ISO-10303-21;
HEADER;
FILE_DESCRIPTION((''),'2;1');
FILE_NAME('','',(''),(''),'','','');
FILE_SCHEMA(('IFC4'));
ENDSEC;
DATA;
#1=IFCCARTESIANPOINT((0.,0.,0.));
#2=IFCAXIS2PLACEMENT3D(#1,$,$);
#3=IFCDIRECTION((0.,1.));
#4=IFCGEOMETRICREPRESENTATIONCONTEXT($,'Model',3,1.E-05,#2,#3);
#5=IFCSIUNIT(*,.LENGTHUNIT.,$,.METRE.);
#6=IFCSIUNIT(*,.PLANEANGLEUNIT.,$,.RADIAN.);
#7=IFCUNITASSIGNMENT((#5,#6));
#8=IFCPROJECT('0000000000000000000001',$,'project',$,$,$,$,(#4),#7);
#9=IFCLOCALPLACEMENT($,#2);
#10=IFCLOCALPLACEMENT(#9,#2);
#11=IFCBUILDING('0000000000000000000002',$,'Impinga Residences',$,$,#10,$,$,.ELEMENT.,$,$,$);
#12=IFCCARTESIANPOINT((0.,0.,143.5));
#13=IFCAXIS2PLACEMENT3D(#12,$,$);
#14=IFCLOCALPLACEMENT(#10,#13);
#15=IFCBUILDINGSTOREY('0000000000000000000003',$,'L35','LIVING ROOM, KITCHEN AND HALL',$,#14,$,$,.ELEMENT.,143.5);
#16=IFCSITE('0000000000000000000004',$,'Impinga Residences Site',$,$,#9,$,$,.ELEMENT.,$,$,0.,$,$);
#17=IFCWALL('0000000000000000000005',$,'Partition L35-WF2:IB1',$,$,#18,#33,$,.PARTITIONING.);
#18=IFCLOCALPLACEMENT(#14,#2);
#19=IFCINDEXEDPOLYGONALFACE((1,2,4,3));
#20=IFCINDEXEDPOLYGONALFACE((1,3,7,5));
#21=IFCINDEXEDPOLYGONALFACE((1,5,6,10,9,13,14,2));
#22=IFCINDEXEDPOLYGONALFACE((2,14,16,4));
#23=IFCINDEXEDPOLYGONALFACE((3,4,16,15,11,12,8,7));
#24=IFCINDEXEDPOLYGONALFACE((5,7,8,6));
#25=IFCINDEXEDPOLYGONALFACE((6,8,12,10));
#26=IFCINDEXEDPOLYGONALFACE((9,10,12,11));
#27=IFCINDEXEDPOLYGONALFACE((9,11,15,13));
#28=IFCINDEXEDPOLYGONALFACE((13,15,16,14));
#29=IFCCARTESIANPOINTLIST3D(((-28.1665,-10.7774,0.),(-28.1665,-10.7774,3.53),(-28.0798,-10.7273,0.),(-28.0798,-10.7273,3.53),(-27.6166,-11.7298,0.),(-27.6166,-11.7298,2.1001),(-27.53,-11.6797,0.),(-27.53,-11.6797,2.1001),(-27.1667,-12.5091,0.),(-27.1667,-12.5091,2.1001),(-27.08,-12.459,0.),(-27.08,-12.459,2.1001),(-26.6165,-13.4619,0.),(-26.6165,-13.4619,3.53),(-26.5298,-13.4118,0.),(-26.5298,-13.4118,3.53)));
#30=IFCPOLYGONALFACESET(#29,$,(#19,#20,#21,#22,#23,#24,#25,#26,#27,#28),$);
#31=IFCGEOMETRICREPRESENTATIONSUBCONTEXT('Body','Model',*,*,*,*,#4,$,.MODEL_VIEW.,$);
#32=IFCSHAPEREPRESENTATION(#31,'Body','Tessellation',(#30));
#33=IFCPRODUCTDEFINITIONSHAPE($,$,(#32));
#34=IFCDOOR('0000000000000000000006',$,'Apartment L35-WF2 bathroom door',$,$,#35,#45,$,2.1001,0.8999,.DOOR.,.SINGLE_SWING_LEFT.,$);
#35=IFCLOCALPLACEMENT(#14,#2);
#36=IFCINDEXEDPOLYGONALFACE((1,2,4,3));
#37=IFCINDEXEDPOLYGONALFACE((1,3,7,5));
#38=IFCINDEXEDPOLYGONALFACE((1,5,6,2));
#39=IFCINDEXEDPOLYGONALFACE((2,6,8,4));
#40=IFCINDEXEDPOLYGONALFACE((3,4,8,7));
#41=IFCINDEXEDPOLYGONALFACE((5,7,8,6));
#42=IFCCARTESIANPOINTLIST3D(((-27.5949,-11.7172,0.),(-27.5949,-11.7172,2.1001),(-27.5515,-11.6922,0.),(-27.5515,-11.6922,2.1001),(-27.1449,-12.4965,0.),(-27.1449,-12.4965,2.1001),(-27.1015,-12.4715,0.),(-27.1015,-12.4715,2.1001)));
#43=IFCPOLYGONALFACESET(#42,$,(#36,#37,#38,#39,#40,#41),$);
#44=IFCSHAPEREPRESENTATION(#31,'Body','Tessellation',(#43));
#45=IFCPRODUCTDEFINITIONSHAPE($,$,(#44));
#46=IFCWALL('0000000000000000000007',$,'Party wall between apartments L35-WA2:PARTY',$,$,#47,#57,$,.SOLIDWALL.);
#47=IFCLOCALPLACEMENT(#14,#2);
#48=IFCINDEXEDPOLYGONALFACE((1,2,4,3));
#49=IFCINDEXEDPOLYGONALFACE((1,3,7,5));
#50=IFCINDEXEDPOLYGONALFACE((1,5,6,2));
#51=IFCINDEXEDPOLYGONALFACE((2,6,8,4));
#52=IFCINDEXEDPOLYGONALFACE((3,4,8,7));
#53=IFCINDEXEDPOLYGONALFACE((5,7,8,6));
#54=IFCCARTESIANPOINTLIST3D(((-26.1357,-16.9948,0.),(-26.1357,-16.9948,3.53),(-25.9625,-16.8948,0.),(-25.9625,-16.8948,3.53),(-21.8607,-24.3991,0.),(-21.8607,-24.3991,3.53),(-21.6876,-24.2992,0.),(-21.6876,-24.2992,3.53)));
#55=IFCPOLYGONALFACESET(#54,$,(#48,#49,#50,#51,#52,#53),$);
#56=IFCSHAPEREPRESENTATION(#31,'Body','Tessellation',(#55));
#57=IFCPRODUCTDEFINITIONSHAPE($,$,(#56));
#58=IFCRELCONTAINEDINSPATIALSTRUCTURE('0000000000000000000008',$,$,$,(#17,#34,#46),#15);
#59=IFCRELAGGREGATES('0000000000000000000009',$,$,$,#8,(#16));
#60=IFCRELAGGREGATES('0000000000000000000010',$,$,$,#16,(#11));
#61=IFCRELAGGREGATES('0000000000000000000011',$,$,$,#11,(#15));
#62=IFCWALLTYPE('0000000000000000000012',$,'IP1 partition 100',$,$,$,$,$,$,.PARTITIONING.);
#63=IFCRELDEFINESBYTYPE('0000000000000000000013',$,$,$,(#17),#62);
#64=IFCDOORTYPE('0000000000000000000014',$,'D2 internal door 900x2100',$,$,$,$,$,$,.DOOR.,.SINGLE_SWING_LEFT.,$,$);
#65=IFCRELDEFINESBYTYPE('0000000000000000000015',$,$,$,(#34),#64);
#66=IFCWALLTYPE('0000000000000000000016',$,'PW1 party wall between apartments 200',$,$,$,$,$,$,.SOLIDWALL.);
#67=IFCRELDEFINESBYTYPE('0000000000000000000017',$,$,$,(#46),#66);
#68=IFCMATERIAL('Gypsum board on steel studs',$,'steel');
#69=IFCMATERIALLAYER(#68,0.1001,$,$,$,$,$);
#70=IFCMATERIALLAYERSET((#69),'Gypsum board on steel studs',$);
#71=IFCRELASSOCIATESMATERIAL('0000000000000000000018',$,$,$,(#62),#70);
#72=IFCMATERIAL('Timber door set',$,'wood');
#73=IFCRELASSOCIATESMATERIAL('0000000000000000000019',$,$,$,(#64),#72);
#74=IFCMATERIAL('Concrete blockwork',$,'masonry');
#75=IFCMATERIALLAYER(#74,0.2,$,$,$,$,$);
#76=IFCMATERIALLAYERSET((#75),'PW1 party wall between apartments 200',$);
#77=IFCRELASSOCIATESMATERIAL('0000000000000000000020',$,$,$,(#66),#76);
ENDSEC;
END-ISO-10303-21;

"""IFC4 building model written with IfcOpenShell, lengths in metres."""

from ifc_helpers import new_model, si_unit, direction, frame, frame_2d, origin, place, context, subcontext, project, spatial, rectangle, extrude, material, layer, layer_set, type_object, element, fill, save


model = new_model("IFC4")

# Units and contexts
model_context = context("Model", 3, precision=1e-05, world=origin(), true_north=direction((0.0, 1.0)))
body_context = subcontext(model_context, "Body", "Model", "MODEL_VIEW")
ifc_project = project(units=[si_unit("LENGTHUNIT", "METRE"), si_unit("PLANEANGLEUNIT", "RADIAN")], contexts=[model_context])

# Site, building, storey
site_placement = place(None, origin())
site = spatial("IfcSite", under=ifc_project, at=site_placement, Name="Impinga Residences Site", CompositionType="ELEMENT", RefElevation=0.0)
building_placement = place(site_placement, origin())
building = spatial("IfcBuilding", under=site, at=building_placement, Name="Impinga Residences", CompositionType="ELEMENT")
storey_placement = place(building_placement, frame((0.0, 0.0, 143.5)))
storey = spatial("IfcBuildingStorey", under=building, at=storey_placement, Name="L35", Description="LIVING ROOM, KITCHEN AND HALL", CompositionType="ELEMENT", Elevation=143.5)

# Shared definitions
ifc_material_1 = material(Name="Concrete blockwork", Category="masonry")
ifc_material_2 = material(Name="Timber door set", Category="wood")

# Shared definitions
ifc_material_3 = material(Name="Gypsum board on steel studs", Category="steel")
ifc_layer_1 = layer(ifc_material_3, 0.1001)
ifc_layer_set_1 = layer_set([ifc_layer_1], Name="Gypsum board on steel studs")
wall_type_1 = type_object("IfcWallType", Name="IP1 partition 100", PredefinedType="PARTITIONING", material=ifc_layer_set_1)

# Shared definitions
door_type_1 = type_object("IfcDoorType", Name="D2 internal door 900x2100", OperationType="SINGLE_SWING_LEFT", PredefinedType="DOOR", material=ifc_material_2)

# Wall, opening, door
wall_1_placement = place(storey_placement, frame((-26.5732, -13.4368, 0.0), z_axis=(0.0, 0.0, 1.0), x_axis=(-0.500027, 0.86601, 0.0)))
wall_1 = element("IfcWall", 1, at=wall_1_placement, inside=storey, type_object=wall_type_1, Name="Partition L35-WF2:IB1", PredefinedType="PARTITIONING", context=body_context, shape_type="SweptSolid", body=[
    extrude(rectangle(XDim=3.0999, YDim=0.1001, at=frame_2d((1.5498, 0.0))), origin(), (0.0, 0.0, 1.0), 3.53),
])
opening_1_placement = place(wall_1_placement, frame((1.1001, 0.0, 0.0)))
opening_1 = element("IfcOpeningElement", 2, at=opening_1_placement, cuts=wall_1, PredefinedType="OPENING", context=body_context, shape_type="SweptSolid", body=[
    extrude(rectangle(XDim=0.8999, YDim=2.1001, at=frame_2d((0.45, 1.05))), frame((0.0, 0.0601, 0.0), z_axis=(0.0, -1.0, 0.0), x_axis=(1.0, 0.0, 0.0)), (0.0, 0.0, 1.0), 0.1201),
])
door_1_placement = place(opening_1_placement, origin())
door_1 = element("IfcDoor", 3, at=door_1_placement, inside=storey, type_object=door_type_1, Name="Apartment L35-WF2 bathroom door", OperationType="SINGLE_SWING_LEFT", OverallHeight=2.1001, OverallWidth=0.8999, PredefinedType="DOOR", context=body_context, shape_type="SweptSolid", body=[
    extrude(rectangle(XDim=0.8999, YDim=2.1001, at=frame_2d((0.45, 1.05))), frame((0.0, 0.0249, 0.0), z_axis=(0.0, -1.0, 0.0), x_axis=(1.0, 0.0, 0.0)), (0.0, 0.0, 1.0), 0.05),
])
fill(opening_1, door_1)

# Wall
ifc_layer_2 = layer(ifc_material_1, 0.2)
ifc_layer_set_2 = layer_set([ifc_layer_2], Name="PW1 party wall between apartments 200")
wall_type_2 = type_object("IfcWallType", Name="PW1 party wall between apartments 200", PredefinedType="SOLIDWALL", material=ifc_layer_set_2)
wall_2_placement = place(storey_placement, frame((-26.0491, -16.9448, 0.0), z_axis=(0.0, 0.0, 1.0), x_axis=(0.500003, -0.866024, 0.0)))
element("IfcWall", 4, at=wall_2_placement, inside=storey, type_object=wall_type_2, Name="Party wall between apartments L35-WA2:PARTY", PredefinedType="SOLIDWALL", context=body_context, shape_type="SweptSolid", body=[
    extrude(rectangle(XDim=8.5498, YDim=0.2, at=frame_2d((4.2749, 0.0))), origin(), (0.0, 0.0, 1.0), 3.53),
])

save(model, "model.ifc")
